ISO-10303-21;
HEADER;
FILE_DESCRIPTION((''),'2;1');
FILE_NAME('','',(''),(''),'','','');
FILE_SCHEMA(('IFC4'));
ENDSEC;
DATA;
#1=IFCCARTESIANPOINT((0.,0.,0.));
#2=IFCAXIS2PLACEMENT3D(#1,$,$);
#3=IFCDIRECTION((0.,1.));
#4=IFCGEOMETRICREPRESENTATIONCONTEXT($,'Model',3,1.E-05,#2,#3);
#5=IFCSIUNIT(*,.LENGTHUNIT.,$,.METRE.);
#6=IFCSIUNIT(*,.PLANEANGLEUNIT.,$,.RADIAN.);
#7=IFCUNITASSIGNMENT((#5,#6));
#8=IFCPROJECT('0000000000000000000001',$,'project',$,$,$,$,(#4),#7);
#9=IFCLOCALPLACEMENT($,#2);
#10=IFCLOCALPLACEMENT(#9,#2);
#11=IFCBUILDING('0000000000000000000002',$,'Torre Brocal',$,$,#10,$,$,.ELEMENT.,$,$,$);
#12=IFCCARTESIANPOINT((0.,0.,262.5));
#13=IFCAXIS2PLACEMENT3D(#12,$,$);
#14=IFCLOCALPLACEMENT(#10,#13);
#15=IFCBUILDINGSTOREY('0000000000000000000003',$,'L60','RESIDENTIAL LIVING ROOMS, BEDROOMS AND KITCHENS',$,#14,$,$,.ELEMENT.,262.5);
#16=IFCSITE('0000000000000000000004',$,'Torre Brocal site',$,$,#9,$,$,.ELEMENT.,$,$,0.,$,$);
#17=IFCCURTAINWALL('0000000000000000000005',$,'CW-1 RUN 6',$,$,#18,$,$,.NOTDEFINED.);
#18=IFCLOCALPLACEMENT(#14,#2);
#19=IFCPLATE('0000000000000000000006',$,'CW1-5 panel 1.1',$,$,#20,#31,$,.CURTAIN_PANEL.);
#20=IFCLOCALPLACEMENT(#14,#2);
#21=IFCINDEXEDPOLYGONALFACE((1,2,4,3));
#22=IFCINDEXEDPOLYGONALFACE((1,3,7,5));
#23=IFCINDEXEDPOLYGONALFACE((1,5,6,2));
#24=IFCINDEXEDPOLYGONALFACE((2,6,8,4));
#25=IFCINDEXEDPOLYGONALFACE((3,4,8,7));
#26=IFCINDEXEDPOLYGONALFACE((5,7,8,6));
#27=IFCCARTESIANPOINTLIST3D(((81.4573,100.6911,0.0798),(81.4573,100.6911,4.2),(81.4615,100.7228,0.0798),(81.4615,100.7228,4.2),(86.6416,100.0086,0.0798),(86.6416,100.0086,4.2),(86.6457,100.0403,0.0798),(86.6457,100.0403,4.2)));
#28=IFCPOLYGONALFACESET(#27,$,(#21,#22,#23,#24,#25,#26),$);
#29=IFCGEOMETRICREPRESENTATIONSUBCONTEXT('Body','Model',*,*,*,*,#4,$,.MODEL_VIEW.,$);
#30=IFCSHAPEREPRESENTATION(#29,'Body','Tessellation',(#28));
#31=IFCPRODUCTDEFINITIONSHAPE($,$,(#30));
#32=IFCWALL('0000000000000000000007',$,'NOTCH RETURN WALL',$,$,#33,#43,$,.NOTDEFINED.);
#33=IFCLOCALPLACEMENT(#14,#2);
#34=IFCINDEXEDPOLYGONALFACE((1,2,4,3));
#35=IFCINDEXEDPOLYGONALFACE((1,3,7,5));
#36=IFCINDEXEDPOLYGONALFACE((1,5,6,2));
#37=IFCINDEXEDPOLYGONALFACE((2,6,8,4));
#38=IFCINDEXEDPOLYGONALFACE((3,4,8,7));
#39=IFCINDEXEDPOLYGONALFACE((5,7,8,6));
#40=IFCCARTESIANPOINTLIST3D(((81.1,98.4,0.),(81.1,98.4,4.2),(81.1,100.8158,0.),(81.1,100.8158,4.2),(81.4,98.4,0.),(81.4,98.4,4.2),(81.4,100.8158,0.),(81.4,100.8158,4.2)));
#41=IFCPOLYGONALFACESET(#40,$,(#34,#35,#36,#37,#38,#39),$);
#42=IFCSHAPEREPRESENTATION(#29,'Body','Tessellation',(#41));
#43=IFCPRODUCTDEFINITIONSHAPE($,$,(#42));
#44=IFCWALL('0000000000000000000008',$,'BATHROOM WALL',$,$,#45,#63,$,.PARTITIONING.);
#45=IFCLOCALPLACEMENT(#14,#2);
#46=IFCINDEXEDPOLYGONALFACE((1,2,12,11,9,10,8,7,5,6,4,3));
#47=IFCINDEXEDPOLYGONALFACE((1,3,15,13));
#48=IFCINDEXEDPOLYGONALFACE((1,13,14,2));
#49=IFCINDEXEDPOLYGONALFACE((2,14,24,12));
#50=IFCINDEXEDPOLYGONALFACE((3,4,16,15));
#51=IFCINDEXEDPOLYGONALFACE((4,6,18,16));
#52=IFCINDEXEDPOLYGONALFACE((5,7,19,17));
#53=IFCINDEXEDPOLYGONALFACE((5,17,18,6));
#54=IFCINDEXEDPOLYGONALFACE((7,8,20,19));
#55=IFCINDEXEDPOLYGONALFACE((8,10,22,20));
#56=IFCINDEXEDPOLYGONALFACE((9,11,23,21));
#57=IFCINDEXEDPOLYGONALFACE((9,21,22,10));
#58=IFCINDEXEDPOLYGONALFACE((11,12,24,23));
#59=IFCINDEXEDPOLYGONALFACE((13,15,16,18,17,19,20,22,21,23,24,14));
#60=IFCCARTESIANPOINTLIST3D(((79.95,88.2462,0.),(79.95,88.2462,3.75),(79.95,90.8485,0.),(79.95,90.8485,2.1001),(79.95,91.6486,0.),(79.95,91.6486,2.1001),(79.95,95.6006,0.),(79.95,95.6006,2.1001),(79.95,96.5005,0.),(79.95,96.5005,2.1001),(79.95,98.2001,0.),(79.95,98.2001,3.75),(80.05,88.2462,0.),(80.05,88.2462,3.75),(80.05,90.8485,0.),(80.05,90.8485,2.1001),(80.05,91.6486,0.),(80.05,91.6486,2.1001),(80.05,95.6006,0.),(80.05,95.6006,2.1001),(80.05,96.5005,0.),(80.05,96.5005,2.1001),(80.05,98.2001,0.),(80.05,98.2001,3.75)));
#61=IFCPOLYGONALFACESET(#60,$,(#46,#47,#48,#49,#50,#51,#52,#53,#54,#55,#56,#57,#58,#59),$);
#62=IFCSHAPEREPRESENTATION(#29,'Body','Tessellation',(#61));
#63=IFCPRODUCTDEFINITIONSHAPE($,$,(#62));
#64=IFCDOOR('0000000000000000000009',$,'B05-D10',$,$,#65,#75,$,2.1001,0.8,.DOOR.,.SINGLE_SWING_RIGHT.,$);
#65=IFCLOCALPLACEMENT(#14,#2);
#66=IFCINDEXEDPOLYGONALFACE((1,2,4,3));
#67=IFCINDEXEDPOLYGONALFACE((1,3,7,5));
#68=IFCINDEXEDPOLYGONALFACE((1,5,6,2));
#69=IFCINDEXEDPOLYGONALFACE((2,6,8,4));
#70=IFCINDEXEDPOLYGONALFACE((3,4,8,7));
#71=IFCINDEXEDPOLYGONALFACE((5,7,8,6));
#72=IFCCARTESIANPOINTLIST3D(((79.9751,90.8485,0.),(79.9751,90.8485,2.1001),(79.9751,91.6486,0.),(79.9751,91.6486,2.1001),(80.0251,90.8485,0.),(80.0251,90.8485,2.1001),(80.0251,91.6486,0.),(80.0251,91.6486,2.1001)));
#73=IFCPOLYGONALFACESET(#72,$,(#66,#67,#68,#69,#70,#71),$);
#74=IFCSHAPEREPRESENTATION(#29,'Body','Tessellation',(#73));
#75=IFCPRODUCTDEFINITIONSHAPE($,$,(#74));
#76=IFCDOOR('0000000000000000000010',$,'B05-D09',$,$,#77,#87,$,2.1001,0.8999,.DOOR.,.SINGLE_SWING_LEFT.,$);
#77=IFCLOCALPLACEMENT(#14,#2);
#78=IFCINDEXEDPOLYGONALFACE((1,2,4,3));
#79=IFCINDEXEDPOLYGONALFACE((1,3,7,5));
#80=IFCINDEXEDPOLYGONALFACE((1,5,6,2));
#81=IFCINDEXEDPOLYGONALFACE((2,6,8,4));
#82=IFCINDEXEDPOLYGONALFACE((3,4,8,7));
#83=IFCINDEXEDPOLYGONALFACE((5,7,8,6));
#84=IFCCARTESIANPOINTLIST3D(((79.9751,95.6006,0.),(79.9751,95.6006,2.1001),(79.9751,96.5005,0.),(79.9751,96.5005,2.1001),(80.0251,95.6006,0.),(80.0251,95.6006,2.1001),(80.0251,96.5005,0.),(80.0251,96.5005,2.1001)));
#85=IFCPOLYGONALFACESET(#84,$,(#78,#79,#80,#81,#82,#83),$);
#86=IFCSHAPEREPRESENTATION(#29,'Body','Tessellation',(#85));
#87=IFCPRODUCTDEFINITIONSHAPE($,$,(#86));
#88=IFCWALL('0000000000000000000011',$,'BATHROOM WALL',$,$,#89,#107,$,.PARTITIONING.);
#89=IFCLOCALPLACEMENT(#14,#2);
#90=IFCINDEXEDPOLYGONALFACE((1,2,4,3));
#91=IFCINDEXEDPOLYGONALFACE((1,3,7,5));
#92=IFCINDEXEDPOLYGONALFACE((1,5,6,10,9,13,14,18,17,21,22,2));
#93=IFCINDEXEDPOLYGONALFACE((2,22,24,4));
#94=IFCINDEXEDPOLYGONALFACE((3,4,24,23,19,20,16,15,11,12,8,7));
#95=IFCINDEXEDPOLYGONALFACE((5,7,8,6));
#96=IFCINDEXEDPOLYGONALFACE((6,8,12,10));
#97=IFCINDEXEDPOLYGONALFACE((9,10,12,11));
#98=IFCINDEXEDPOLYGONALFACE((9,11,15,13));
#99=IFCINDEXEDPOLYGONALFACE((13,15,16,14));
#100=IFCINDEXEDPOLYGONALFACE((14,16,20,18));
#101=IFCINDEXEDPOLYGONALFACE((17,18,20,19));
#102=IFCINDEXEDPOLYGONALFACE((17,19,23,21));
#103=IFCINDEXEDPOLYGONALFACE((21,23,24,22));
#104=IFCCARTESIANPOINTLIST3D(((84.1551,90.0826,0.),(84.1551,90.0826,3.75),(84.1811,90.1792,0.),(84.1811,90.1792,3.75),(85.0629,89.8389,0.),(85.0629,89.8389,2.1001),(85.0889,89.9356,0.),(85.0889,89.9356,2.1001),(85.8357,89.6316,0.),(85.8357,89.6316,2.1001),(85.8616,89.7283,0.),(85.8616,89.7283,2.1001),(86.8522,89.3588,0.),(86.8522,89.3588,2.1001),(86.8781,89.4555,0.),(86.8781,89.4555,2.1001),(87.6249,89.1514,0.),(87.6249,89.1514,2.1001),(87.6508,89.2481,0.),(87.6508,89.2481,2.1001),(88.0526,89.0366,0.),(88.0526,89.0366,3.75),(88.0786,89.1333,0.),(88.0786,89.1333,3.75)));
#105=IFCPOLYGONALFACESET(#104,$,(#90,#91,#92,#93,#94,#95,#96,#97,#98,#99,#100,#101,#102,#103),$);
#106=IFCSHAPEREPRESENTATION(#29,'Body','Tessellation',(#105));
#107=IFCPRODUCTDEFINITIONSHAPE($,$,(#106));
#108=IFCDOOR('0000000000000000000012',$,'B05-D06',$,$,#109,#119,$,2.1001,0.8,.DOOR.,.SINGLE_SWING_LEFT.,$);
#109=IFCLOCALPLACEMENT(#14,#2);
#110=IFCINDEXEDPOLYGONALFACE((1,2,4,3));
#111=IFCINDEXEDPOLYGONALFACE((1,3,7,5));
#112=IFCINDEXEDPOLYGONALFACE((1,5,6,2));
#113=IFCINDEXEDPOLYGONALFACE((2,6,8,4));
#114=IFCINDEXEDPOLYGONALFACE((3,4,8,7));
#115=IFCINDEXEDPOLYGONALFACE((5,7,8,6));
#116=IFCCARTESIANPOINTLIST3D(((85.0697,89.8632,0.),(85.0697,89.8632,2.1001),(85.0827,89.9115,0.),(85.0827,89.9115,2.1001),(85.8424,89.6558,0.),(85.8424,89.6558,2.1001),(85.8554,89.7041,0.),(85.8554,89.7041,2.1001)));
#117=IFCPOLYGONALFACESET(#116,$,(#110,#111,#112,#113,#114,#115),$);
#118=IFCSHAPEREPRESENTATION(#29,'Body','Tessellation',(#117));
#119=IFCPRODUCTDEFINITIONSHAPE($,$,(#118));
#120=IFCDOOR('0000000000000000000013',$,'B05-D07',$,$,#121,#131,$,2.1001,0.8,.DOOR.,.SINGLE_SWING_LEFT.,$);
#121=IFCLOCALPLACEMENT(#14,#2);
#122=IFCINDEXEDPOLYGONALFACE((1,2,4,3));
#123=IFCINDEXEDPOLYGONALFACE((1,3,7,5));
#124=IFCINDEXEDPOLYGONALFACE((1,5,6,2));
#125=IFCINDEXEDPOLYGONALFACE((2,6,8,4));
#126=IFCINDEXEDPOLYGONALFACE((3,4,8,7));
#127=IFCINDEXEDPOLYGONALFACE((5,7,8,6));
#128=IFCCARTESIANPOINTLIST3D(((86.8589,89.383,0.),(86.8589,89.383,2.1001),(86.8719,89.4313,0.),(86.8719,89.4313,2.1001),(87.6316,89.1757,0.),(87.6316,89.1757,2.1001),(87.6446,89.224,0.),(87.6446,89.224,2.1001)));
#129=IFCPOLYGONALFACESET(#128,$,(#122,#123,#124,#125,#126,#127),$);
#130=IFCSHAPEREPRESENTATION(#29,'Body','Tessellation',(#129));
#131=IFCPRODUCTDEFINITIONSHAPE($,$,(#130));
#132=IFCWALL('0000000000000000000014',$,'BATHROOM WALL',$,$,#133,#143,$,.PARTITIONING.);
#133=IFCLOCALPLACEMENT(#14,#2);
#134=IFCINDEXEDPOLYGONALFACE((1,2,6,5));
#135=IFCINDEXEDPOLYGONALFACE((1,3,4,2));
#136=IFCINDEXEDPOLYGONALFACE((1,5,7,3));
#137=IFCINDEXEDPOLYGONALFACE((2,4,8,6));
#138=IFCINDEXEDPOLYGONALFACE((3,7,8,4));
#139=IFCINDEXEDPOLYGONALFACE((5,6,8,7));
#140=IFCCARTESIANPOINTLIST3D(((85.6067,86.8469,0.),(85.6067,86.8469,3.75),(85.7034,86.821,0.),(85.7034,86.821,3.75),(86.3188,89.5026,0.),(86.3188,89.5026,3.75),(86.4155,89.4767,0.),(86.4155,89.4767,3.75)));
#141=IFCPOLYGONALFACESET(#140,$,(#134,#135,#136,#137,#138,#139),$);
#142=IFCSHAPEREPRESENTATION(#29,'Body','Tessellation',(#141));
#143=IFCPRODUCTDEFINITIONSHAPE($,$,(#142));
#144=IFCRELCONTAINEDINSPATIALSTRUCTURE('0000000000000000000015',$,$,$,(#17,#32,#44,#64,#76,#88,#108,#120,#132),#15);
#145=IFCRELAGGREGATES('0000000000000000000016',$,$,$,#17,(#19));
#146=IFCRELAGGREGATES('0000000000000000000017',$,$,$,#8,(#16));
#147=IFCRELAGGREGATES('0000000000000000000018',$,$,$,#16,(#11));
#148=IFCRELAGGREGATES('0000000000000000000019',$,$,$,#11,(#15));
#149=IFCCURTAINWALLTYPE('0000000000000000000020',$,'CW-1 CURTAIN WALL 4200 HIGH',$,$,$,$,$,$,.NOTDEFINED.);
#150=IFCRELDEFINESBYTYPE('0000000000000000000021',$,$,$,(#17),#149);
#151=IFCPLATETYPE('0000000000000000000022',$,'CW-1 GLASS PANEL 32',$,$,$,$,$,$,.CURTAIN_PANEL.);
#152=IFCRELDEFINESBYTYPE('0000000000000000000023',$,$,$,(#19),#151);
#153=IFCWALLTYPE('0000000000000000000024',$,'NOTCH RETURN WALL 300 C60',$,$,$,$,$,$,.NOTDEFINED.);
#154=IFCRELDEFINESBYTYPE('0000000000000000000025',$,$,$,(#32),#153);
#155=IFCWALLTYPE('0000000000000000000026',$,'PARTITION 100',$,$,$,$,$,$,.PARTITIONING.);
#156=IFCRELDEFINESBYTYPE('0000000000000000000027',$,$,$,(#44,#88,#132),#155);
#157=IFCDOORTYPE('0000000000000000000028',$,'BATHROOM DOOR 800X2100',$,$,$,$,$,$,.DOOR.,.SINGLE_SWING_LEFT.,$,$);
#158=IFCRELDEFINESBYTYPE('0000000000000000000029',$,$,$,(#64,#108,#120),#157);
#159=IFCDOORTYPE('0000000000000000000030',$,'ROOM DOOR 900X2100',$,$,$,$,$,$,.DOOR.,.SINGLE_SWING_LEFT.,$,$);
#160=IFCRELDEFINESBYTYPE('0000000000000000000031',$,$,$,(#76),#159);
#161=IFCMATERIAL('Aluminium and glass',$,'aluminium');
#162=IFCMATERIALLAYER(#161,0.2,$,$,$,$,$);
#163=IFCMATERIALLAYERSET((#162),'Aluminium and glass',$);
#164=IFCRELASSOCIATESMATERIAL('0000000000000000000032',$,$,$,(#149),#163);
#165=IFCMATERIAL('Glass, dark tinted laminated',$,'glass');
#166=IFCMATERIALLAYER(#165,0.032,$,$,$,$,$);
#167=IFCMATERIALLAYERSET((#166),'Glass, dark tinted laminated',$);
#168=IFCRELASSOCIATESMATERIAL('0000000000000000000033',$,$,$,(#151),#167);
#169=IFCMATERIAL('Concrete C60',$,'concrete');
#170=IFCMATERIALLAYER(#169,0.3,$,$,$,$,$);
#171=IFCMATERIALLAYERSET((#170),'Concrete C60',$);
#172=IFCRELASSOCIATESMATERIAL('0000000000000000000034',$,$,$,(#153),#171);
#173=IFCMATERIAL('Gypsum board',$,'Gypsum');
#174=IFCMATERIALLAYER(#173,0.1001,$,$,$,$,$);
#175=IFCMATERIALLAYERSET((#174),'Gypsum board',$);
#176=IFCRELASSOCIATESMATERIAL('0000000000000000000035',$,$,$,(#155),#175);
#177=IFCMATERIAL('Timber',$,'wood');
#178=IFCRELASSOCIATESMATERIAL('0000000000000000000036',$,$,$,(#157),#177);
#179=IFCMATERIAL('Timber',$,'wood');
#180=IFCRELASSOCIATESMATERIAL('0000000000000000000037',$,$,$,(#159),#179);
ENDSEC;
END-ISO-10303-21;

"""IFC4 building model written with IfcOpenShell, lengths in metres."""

from ifc_helpers import new_model, si_unit, direction, frame, frame_2d, origin, origin_2d, place, context, subcontext, project, spatial, rectangle, extrude, material, layer, layer_set, type_object, element, fill, aggregate, save


model = new_model("IFC4")

# Units and contexts
model_context = context("Model", 3, precision=1e-05, world=origin(), true_north=direction((0.0, 1.0)))
body_context = subcontext(model_context, "Body", "Model", "MODEL_VIEW")
ifc_project = project(units=[si_unit("LENGTHUNIT", "METRE"), si_unit("PLANEANGLEUNIT", "RADIAN")], contexts=[model_context])

# Site, building, storey
site_placement = place(None, origin())
site = spatial("IfcSite", under=ifc_project, at=site_placement, Name="Torre Brocal site", CompositionType="ELEMENT", RefElevation=0.0)
building_placement = place(site_placement, origin())
building = spatial("IfcBuilding", under=site, at=building_placement, Name="Torre Brocal", CompositionType="ELEMENT")
storey_placement = place(building_placement, frame((0.0, 0.0, 262.5)))
storey = spatial("IfcBuildingStorey", under=building, at=storey_placement, Name="L60", Description="RESIDENTIAL LIVING ROOMS, BEDROOMS AND KITCHENS", CompositionType="ELEMENT", Elevation=262.5)

# Shared definitions
ifc_material_1 = material(Name="Aluminium and glass", Category="aluminium")
ifc_layer_1 = layer(ifc_material_1, 0.2)
ifc_layer_set_1 = layer_set([ifc_layer_1], Name="Aluminium and glass")
curtain_wall_type = type_object("IfcCurtainWallType", Name="CW-1 CURTAIN WALL 4200 HIGH", PredefinedType="NOTDEFINED", material=ifc_layer_set_1)

# Curtain wall
curtain_wall_1_placement = place(storey_placement, origin())
curtain_wall_1 = element("IfcCurtainWall", 1, at=curtain_wall_1_placement, inside=storey, type_object=curtain_wall_type, Name="CW-1 RUN 6", PredefinedType="NOTDEFINED")

# Plate
ifc_material_2 = material(Name="Glass, dark tinted laminated", Category="glass")
ifc_layer_2 = layer(ifc_material_2, 0.032)
ifc_layer_set_2 = layer_set([ifc_layer_2], Name="Glass, dark tinted laminated")
plate_type = type_object("IfcPlateType", Name="CW-1 GLASS PANEL 32", PredefinedType="CURTAIN_PANEL", material=ifc_layer_set_2)
plate_1_placement = place(storey_placement, frame((84.0515, 100.3657, 0.0798), z_axis=(0.0, 0.0, 1.0), x_axis=(-0.991445, 0.130526, 0.0)))
plate_1 = element("IfcPlate", 2, at=plate_1_placement, type_object=plate_type, Name="CW1-5 panel 1.1", PredefinedType="CURTAIN_PANEL", context=body_context, shape_type="SweptSolid", body=[
    extrude(rectangle(XDim=5.229, YDim=0.032, at=origin_2d()), origin(), (0.0, 0.0, 1.0), 4.1201),
])
aggregate(curtain_wall_1, [plate_1])

# Wall
ifc_material_3 = material(Name="Concrete C60", Category="concrete")
ifc_layer_3 = layer(ifc_material_3, 0.3)
ifc_layer_set_3 = layer_set([ifc_layer_3], Name="Concrete C60")
wall_type_1 = type_object("IfcWallType", Name="NOTCH RETURN WALL 300 C60", PredefinedType="NOTDEFINED", material=ifc_layer_set_3)
wall_1_placement = place(storey_placement, frame((81.25, 98.3999, 0.0), z_axis=(0.0, 0.0, 1.0), x_axis=(0.0, 1.0, 0.0)))
element("IfcWall", 3, at=wall_1_placement, inside=storey, type_object=wall_type_1, Name="NOTCH RETURN WALL", PredefinedType="NOTDEFINED", context=body_context, shape_type="SweptSolid", body=[
    extrude(rectangle(XDim=2.4158, YDim=0.3, at=frame_2d((1.208, 0.0))), origin(), (0.0, 0.0, 1.0), 4.2),
])

# Walls, openings, doors
ifc_material_4 = material(Name="Gypsum board", Category="Gypsum")
ifc_layer_4 = layer(ifc_material_4, 0.1001)
ifc_layer_set_4 = layer_set([ifc_layer_4], Name="Gypsum board")
wall_type_2 = type_object("IfcWallType", Name="PARTITION 100", PredefinedType="PARTITIONING", material=ifc_layer_set_4)
wall_2_placement = place(storey_placement, frame((80.0, 88.2461, 0.0), z_axis=(0.0, 0.0, 1.0), x_axis=(0.0, 1.0, 0.0)))
wall_2 = element("IfcWall", 4, at=wall_2_placement, inside=storey, type_object=wall_type_2, Name="BATHROOM WALL", PredefinedType="PARTITIONING", context=body_context, shape_type="SweptSolid", body=[
    extrude(rectangle(XDim=9.9539, YDim=0.1001, at=frame_2d((4.9771, 0.0))), origin(), (0.0, 0.0, 1.0), 3.75),
])
opening_1_placement = place(wall_2_placement, frame((7.3545, 0.0, 0.0)))
opening_1 = element("IfcOpeningElement", 5, at=opening_1_placement, cuts=wall_2, PredefinedType="OPENING", context=body_context, shape_type="SweptSolid", body=[
    extrude(rectangle(XDim=0.8999, YDim=2.1001, at=frame_2d((0.45, 1.05))), frame((0.0, 0.0601, 0.0), z_axis=(0.0, -1.0, 0.0), x_axis=(1.0, 0.0, 0.0)), (0.0, 0.0, 1.0), 0.1201),
])
opening_2_placement = place(wall_2_placement, frame((2.6025, 0.0, 0.0)))
opening_2 = element("IfcOpeningElement", 6, at=opening_2_placement, cuts=wall_2, PredefinedType="OPENING", context=body_context, shape_type="SweptSolid", body=[
    extrude(rectangle(XDim=0.8, YDim=2.1001, at=frame_2d((0.3999, 1.05))), frame((0.0, 0.0601, 0.0), z_axis=(0.0, -1.0, 0.0), x_axis=(1.0, 0.0, 0.0)), (0.0, 0.0, 1.0), 0.1201),
])
ifc_material_5 = material(Name="Timber", Category="wood")
door_type_1 = type_object("IfcDoorType", Name="BATHROOM DOOR 800X2100", OperationType="SINGLE_SWING_LEFT", PredefinedType="DOOR", material=ifc_material_5)
door_1_placement = place(opening_2_placement, origin())
door_1 = element("IfcDoor", 7, at=door_1_placement, inside=storey, type_object=door_type_1, Name="B05-D10", OperationType="SINGLE_SWING_RIGHT", OverallHeight=2.1001, OverallWidth=0.8, PredefinedType="DOOR", context=body_context, shape_type="SweptSolid", body=[
    extrude(rectangle(XDim=0.8, YDim=2.1001, at=frame_2d((0.3999, 1.05))), frame((0.0, 0.0249, 0.0), z_axis=(0.0, -1.0, 0.0), x_axis=(1.0, 0.0, 0.0)), (0.0, 0.0, 1.0), 0.05),
])
fill(opening_2, door_1)
ifc_material_6 = material(Name="Timber", Category="wood")
door_type_2 = type_object("IfcDoorType", Name="ROOM DOOR 900X2100", OperationType="SINGLE_SWING_LEFT", PredefinedType="DOOR", material=ifc_material_6)
door_2_placement = place(opening_1_placement, origin())
door_2 = element("IfcDoor", 8, at=door_2_placement, inside=storey, type_object=door_type_2, Name="B05-D09", OperationType="SINGLE_SWING_LEFT", OverallHeight=2.1001, OverallWidth=0.8999, PredefinedType="DOOR", context=body_context, shape_type="SweptSolid", body=[
    extrude(rectangle(XDim=0.8999, YDim=2.1001, at=frame_2d((0.45, 1.05))), frame((0.0, 0.0249, 0.0), z_axis=(0.0, -1.0, 0.0), x_axis=(1.0, 0.0, 0.0)), (0.0, 0.0, 1.0), 0.05),
])
fill(opening_1, door_2)
wall_3_placement = place(storey_placement, frame((84.1682, 90.1309, 0.0), z_axis=(0.0, 0.0, 1.0), x_axis=(0.965828, -0.259184, 0.0)))
wall_3 = element("IfcWall", 9, at=wall_3_placement, inside=storey, type_object=wall_type_2, Name="BATHROOM WALL", PredefinedType="PARTITIONING", context=body_context, shape_type="SweptSolid", body=[
    extrude(rectangle(XDim=4.0354, YDim=0.1001, at=frame_2d((2.0176, 0.0))), origin(), (0.0, 0.0, 1.0), 3.75),
])
opening_3_placement = place(wall_3_placement, frame((0.9399, 0.0, 0.0)))
opening_3 = element("IfcOpeningElement", 10, at=opening_3_placement, cuts=wall_3, PredefinedType="OPENING", context=body_context, shape_type="SweptSolid", body=[
    extrude(rectangle(XDim=0.8, YDim=2.1001, at=frame_2d((0.3999, 1.05))), frame((0.0, 0.0601, 0.0), z_axis=(0.0, -1.0, 0.0), x_axis=(1.0, 0.0, 0.0)), (0.0, 0.0, 1.0), 0.1201),
])
opening_4_placement = place(wall_3_placement, frame((2.7925, 0.0, 0.0)))
opening_4 = element("IfcOpeningElement", 11, at=opening_4_placement, cuts=wall_3, PredefinedType="OPENING", context=body_context, shape_type="SweptSolid", body=[
    extrude(rectangle(XDim=0.8, YDim=2.1001, at=frame_2d((0.3999, 1.05))), frame((0.0, 0.0601, 0.0), z_axis=(0.0, -1.0, 0.0), x_axis=(1.0, 0.0, 0.0)), (0.0, 0.0, 1.0), 0.1201),
])
door_3_placement = place(opening_3_placement, frame((0.8, 0.0, 0.0), z_axis=(0.0, 0.0, 1.0), x_axis=(-1.0, 0.0, 0.0)))
door_3 = element("IfcDoor", 12, at=door_3_placement, inside=storey, type_object=door_type_1, Name="B05-D06", OperationType="SINGLE_SWING_LEFT", OverallHeight=2.1001, OverallWidth=0.8, PredefinedType="DOOR", context=body_context, shape_type="SweptSolid", body=[
    extrude(rectangle(XDim=0.8, YDim=2.1001, at=frame_2d((0.3999, 1.05))), frame((0.0, 0.0249, 0.0), z_axis=(0.0, -1.0, 0.0), x_axis=(1.0, 0.0, 0.0)), (0.0, 0.0, 1.0), 0.05),
])
fill(opening_3, door_3)
door_4_placement = place(opening_4_placement, frame((0.8, 0.0, 0.0), z_axis=(0.0, 0.0, 1.0), x_axis=(-1.0, 0.0, 0.0)))
door_4 = element("IfcDoor", 13, at=door_4_placement, inside=storey, type_object=door_type_1, Name="B05-D07", OperationType="SINGLE_SWING_LEFT", OverallHeight=2.1001, OverallWidth=0.8, PredefinedType="DOOR", context=body_context, shape_type="SweptSolid", body=[
    extrude(rectangle(XDim=0.8, YDim=2.1001, at=frame_2d((0.3999, 1.05))), frame((0.0, 0.0249, 0.0), z_axis=(0.0, -1.0, 0.0), x_axis=(1.0, 0.0, 0.0)), (0.0, 0.0, 1.0), 0.05),
])
fill(opening_4, door_4)

# Wall
wall_4_placement = place(storey_placement, frame((85.655, 86.834, 0.0), z_axis=(0.0, 0.0, 1.0), x_axis=(0.259005, 0.965876, 0.0)))
element("IfcWall", 14, at=wall_4_placement, inside=storey, type_object=wall_type_2, Name="BATHROOM WALL", PredefinedType="PARTITIONING", context=body_context, shape_type="SweptSolid", body=[
    extrude(rectangle(XDim=2.7495, YDim=0.1001, at=frame_2d((1.3748, 0.0))), origin(), (0.0, 0.0, 1.0), 3.75),
])

save(model, "model.ifc")
